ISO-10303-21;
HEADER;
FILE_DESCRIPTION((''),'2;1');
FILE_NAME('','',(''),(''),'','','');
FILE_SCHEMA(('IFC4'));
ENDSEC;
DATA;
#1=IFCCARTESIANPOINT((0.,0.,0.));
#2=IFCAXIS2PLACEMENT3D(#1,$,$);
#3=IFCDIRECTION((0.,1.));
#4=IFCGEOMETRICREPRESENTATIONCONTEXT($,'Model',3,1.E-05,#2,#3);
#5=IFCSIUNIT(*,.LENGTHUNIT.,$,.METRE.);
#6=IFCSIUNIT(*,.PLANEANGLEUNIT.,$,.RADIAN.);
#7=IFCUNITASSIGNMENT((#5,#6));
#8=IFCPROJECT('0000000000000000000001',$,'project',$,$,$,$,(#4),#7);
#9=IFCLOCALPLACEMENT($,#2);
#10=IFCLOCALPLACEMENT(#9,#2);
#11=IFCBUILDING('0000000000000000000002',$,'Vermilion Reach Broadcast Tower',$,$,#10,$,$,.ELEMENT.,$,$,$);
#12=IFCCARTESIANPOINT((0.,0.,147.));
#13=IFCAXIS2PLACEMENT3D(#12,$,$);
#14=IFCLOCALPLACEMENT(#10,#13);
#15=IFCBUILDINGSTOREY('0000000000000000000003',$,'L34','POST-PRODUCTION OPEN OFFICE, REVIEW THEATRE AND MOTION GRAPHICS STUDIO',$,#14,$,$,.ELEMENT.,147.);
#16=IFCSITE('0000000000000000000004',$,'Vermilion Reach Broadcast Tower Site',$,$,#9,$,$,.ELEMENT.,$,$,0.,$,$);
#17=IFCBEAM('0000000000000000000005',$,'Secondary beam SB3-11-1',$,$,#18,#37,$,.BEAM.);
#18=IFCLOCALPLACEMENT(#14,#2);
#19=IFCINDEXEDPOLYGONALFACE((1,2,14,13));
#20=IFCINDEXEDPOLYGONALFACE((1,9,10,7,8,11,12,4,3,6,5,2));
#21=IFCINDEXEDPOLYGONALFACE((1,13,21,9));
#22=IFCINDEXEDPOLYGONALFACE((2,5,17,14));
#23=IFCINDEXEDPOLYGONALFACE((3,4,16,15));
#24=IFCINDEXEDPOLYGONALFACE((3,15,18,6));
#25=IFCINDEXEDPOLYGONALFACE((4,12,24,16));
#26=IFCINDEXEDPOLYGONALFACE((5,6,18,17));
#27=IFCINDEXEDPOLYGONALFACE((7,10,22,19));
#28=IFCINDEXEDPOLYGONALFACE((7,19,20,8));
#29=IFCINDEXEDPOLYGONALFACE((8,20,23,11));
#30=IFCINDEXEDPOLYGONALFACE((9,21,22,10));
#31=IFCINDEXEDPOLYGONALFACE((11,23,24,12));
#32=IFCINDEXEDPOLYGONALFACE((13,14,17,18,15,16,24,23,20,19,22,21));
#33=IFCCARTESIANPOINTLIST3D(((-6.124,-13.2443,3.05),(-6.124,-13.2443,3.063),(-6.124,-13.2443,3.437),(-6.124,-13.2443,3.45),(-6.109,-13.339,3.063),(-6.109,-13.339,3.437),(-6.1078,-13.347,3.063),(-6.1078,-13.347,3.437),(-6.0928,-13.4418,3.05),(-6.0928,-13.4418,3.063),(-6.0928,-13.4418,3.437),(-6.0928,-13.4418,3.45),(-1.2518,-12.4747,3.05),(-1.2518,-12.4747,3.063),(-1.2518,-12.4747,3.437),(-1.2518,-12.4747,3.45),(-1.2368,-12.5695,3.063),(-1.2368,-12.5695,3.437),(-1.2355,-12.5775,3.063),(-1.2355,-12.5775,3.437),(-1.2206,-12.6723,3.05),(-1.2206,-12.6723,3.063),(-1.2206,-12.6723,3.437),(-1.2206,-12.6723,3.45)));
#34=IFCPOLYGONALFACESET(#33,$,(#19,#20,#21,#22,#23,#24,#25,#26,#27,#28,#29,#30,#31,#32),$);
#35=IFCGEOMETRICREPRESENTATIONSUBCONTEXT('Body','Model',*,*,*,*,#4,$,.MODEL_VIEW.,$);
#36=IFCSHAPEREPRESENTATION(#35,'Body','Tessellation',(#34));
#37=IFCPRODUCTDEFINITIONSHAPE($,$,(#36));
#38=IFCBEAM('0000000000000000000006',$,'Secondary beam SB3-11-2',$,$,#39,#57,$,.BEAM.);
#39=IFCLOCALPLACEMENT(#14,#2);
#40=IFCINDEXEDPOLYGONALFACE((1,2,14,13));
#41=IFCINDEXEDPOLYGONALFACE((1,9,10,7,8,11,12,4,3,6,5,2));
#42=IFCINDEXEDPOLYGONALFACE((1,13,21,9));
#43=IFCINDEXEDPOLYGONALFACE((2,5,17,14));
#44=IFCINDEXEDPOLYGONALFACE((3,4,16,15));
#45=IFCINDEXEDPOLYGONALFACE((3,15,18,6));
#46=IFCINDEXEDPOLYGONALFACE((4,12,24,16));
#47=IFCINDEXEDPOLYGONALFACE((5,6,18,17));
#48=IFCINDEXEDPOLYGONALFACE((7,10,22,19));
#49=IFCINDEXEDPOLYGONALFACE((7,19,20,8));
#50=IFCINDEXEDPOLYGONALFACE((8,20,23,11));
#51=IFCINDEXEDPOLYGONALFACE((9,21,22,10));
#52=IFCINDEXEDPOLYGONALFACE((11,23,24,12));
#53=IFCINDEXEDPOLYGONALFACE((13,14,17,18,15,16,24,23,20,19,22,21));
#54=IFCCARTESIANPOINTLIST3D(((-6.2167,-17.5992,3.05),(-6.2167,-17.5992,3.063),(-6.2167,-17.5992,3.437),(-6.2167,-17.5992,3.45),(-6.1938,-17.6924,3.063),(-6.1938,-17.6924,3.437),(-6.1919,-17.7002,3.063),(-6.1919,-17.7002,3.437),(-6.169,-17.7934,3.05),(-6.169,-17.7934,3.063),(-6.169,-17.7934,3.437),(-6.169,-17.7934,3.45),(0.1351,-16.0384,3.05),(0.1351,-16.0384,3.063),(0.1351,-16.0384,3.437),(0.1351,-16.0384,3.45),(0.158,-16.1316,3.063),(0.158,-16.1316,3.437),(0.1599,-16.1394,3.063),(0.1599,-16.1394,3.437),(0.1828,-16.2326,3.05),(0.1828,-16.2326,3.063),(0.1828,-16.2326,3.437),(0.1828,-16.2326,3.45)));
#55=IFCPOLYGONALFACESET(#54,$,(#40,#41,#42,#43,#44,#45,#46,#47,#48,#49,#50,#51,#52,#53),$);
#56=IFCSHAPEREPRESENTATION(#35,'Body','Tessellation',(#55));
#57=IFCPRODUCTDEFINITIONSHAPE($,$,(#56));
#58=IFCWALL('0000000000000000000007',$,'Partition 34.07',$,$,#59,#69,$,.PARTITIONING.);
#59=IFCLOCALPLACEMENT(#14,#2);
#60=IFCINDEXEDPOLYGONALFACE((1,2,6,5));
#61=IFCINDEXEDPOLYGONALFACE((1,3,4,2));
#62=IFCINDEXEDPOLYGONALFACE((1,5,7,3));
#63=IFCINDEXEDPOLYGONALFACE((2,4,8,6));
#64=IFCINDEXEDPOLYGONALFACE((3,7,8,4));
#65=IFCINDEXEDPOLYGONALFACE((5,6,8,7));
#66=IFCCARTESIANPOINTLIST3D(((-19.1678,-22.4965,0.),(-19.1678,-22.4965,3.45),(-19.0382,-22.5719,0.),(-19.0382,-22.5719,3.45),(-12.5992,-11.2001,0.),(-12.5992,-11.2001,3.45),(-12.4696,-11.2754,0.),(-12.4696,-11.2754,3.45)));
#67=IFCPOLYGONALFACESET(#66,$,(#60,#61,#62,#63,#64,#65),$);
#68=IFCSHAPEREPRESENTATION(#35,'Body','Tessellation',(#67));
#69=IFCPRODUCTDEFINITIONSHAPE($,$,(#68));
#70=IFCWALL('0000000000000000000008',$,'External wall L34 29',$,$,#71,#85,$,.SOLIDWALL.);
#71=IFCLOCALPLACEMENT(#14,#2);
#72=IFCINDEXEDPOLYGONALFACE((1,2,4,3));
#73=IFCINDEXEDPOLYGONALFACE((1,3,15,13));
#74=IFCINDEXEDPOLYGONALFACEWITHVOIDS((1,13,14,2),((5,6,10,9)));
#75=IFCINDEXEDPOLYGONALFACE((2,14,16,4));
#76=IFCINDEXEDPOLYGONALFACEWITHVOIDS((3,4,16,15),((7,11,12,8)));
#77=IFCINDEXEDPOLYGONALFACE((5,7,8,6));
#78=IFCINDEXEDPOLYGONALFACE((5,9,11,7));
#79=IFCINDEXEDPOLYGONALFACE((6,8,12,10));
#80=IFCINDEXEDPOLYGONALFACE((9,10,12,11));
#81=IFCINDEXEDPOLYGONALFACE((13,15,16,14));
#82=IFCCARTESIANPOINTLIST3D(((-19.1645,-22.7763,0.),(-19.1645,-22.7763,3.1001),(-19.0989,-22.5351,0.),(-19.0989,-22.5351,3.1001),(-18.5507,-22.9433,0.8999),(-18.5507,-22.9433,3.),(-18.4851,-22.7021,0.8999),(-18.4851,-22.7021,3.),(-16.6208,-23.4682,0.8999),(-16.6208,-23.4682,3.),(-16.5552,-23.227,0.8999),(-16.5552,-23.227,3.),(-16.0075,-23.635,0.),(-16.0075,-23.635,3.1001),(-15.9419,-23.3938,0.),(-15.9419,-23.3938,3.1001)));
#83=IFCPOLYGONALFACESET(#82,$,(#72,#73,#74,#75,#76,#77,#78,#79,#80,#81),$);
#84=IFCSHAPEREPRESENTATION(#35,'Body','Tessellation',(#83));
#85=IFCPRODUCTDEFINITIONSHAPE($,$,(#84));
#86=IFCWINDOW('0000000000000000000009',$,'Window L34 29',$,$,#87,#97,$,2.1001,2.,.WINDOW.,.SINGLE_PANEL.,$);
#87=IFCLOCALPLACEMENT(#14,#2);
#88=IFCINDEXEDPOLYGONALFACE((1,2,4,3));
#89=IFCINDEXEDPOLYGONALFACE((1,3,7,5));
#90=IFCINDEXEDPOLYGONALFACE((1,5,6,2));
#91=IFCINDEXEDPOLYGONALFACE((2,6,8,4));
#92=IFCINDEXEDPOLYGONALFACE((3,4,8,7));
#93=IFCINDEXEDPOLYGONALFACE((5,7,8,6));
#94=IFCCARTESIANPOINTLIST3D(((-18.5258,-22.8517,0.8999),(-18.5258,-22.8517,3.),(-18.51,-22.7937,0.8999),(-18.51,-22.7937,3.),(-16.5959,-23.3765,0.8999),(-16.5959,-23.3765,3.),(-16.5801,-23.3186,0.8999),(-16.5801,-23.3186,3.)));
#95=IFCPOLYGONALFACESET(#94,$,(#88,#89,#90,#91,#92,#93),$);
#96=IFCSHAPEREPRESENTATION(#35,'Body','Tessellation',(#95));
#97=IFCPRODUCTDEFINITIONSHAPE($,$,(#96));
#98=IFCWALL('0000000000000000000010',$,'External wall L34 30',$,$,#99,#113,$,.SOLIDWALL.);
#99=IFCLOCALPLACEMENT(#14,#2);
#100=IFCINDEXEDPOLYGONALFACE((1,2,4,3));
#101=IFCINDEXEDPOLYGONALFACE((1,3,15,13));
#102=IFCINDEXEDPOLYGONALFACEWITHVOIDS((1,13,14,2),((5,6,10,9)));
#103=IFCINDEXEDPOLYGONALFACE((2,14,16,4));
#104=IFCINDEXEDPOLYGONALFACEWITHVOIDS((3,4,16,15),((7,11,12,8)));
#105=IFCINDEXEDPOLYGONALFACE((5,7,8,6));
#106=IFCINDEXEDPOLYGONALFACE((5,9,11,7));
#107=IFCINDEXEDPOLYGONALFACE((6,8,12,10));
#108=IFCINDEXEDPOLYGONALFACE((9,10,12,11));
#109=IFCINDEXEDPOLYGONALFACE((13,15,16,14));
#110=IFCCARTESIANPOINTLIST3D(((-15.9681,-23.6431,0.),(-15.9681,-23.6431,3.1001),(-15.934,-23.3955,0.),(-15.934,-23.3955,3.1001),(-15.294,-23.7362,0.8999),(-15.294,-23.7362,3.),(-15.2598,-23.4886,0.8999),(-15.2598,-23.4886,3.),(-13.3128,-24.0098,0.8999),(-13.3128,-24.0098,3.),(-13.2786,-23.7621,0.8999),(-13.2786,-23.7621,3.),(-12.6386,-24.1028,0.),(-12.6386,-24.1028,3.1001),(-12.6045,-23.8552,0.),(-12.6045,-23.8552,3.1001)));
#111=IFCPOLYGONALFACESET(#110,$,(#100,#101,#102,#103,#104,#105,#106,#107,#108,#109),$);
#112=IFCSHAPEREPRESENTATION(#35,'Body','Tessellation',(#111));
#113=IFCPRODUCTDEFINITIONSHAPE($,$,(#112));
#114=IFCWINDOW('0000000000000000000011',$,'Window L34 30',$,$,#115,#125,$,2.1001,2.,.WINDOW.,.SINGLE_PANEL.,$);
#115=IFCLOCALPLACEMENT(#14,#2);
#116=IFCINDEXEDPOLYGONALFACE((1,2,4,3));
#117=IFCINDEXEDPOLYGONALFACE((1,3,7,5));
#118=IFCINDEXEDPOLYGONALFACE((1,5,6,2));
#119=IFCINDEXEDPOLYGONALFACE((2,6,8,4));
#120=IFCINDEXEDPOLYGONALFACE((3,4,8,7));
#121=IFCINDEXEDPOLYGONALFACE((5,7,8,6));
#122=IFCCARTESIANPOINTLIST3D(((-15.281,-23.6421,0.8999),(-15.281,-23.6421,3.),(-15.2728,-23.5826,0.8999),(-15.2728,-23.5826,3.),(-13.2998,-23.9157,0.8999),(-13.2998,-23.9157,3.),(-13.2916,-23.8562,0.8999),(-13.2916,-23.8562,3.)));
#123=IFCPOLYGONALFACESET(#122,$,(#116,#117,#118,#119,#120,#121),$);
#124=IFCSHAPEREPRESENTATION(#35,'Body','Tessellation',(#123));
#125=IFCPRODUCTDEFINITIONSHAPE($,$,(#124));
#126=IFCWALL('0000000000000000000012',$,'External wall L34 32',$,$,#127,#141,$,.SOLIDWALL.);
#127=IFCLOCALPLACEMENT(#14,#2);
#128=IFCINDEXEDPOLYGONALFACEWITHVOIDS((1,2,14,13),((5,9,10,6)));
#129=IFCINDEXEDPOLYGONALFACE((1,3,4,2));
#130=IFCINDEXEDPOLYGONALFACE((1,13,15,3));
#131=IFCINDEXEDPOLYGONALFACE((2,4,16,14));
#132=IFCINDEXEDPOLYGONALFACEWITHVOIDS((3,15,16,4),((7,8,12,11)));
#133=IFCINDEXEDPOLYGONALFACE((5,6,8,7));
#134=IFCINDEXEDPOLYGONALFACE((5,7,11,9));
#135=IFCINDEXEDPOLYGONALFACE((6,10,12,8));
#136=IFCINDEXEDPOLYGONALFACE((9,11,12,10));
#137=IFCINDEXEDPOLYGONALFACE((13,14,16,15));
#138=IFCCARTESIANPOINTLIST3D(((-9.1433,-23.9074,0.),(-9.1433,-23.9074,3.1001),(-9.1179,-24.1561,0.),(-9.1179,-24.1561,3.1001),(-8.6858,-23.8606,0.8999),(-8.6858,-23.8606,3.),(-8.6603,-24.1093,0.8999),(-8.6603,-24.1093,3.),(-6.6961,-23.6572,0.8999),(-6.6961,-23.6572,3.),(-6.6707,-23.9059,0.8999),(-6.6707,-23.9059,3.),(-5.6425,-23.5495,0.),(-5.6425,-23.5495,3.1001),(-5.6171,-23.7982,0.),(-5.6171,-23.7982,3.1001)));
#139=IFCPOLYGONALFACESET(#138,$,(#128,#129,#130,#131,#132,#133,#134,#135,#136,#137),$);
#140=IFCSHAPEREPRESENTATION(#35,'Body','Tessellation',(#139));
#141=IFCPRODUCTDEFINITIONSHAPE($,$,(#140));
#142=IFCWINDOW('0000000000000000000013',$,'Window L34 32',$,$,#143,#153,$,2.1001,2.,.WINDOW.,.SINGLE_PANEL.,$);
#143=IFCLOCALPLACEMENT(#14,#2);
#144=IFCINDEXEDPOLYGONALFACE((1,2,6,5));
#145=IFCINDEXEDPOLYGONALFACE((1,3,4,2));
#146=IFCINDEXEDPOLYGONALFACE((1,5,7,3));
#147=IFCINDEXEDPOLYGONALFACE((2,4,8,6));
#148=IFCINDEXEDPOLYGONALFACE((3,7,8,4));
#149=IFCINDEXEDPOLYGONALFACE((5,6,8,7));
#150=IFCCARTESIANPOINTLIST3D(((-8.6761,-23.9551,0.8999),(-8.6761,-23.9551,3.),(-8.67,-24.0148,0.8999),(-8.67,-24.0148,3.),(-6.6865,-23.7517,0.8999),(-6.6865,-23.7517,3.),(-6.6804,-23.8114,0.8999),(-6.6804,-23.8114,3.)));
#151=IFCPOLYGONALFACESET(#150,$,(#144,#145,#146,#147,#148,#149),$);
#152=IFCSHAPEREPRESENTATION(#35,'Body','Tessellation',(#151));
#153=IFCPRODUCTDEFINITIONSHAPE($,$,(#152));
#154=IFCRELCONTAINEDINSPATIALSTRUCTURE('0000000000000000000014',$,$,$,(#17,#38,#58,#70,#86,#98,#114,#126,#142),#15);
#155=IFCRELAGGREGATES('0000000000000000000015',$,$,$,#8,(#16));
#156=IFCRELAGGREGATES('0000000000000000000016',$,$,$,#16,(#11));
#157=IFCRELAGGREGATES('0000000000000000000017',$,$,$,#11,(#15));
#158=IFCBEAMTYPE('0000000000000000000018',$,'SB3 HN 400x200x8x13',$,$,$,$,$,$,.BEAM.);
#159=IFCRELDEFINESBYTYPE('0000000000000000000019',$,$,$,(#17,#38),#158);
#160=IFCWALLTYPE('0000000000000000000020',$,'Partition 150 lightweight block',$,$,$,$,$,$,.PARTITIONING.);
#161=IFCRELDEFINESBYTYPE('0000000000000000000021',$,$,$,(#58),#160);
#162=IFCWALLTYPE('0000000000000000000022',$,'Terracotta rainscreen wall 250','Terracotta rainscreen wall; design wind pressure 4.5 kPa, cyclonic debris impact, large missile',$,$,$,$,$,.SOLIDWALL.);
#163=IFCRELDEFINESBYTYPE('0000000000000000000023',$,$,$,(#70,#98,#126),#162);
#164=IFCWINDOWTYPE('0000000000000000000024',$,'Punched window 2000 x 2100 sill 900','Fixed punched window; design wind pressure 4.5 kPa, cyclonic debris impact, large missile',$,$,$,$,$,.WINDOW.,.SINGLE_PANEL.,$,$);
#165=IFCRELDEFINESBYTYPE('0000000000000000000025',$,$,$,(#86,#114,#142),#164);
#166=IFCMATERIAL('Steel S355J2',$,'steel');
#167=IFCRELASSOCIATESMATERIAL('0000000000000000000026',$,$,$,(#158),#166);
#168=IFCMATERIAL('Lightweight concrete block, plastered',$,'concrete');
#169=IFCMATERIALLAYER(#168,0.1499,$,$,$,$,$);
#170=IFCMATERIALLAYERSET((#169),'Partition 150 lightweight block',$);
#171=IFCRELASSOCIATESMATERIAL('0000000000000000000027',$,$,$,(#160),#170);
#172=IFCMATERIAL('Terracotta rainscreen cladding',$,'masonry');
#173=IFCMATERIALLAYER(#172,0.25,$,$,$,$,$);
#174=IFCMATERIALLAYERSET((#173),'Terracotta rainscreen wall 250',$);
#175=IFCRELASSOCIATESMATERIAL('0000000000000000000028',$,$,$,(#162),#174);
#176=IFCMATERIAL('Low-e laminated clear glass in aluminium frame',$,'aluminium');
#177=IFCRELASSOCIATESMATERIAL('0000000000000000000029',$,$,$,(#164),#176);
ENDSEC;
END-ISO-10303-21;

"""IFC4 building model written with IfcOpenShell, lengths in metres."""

from ifc_helpers import new_model, si_unit, direction, frame, frame_2d, origin, origin_2d, place, context, subcontext, project, spatial, rectangle, i_section, extrude, material, layer, layer_set, material_profile, profile_set, type_object, element, fill, save


model = new_model("IFC4")

# Units and contexts
model_context = context("Model", 3, precision=1e-05, world=origin(), true_north=direction((0.0, 1.0)))
body_context = subcontext(model_context, "Body", "Model", "MODEL_VIEW")
ifc_project = project(units=[si_unit("LENGTHUNIT", "METRE"), si_unit("PLANEANGLEUNIT", "RADIAN")], contexts=[model_context])

# Site, building, storey
site_placement = place(None, origin())
site = spatial("IfcSite", under=ifc_project, at=site_placement, Name="Vermilion Reach Broadcast Tower Site", CompositionType="ELEMENT", RefElevation=0.0)
building_placement = place(site_placement, origin())
building = spatial("IfcBuilding", under=site, at=building_placement, Name="Vermilion Reach Broadcast Tower", CompositionType="ELEMENT")
storey_placement = place(building_placement, frame((0.0, 0.0, 147.0)))
storey = spatial("IfcBuildingStorey", under=building, at=storey_placement, Name="L34", Description="POST-PRODUCTION OPEN OFFICE, REVIEW THEATRE AND MOTION GRAPHICS STUDIO", CompositionType="ELEMENT", Elevation=147.0)

# Beams
ifc_material_1 = material(Name="Steel S355J2", Category="steel")
ifc_material_profile_1 = material_profile(ifc_material_1, i_section(OverallWidth=0.2, OverallDepth=0.3999, WebThickness=0.0081, FlangeThickness=0.0129, at=origin_2d()), Name="S355J2 HN 400x200x8x13")
ifc_profile_set_1 = profile_set([ifc_material_profile_1], Name="Steel S355J2")
beam_type_1 = type_object("IfcBeamType", Name="SB3 HN 400x200x8x13", PredefinedType="BEAM", material=ifc_profile_set_1)
beam_1_placement = place(storey_placement, frame((-6.1084, -13.343, 3.25), z_axis=(0.987756, 0.156006, 0.0), x_axis=(-0.156006, 0.987756, 0.0)))
element("IfcBeam", 1, at=beam_1_placement, inside=storey, type_object=beam_type_1, Name="Secondary beam SB3-11-1", PredefinedType="BEAM", context=body_context, shape_type="SweptSolid", body=[
    extrude(i_section(OverallWidth=0.2, OverallDepth=0.3999, WebThickness=0.0081, FlangeThickness=0.0129, at=origin_2d()), origin(), (0.0, 0.0, 1.0), 4.9326),
])
beam_2_placement = place(storey_placement, frame((-6.1929, -17.6963, 3.25), z_axis=(0.971112, 0.238625, 0.0), x_axis=(-0.238625, 0.971112, 0.0)))
element("IfcBeam", 2, at=beam_2_placement, inside=storey, type_object=beam_type_1, Name="Secondary beam SB3-11-2", PredefinedType="BEAM", context=body_context, shape_type="SweptSolid", body=[
    extrude(i_section(OverallWidth=0.2, OverallDepth=0.3999, WebThickness=0.0081, FlangeThickness=0.0129, at=origin_2d()), origin(), (0.0, 0.0, 1.0), 6.5408),
])

# Wall
ifc_material_2 = material(Name="Lightweight concrete block, plastered", Category="concrete")
ifc_layer_1 = layer(ifc_material_2, 0.1499)
ifc_layer_set_1 = layer_set([ifc_layer_1], Name="Partition 150 lightweight block")
wall_type_1 = type_object("IfcWallType", Name="Partition 150 lightweight block", PredefinedType="PARTITIONING", material=ifc_layer_set_1)
wall_1_placement = place(storey_placement, frame((-19.103, -22.5342, 0.0), z_axis=(0.0, 0.0, 1.0), x_axis=(0.502674, 0.864476, 0.0)))
element("IfcWall", 3, at=wall_1_placement, inside=storey, type_object=wall_type_1, Name="Partition 34.07", PredefinedType="PARTITIONING", context=body_context, shape_type="SweptSolid", body=[
    extrude(rectangle(XDim=13.0674, YDim=0.1499, at=frame_2d((6.5337, 0.0))), origin(), (0.0, 0.0, 1.0), 3.45),
])

# Walls, openings, windows
ifc_material_3 = material(Name="Terracotta rainscreen cladding", Category="masonry")
ifc_layer_2 = layer(ifc_material_3, 0.25)
ifc_layer_set_2 = layer_set([ifc_layer_2], Name="Terracotta rainscreen wall 250")
wall_type_2 = type_object("IfcWallType", Name="Terracotta rainscreen wall 250", Description="Terracotta rainscreen wall; design wind pressure 4.5 kPa, cyclonic debris impact, large missile", PredefinedType="SOLIDWALL", material=ifc_layer_set_2)
wall_2_placement = place(storey_placement, frame((-19.1316, -22.6558, 0.0), z_axis=(0.0, 0.0, 1.0), x_axis=(0.964946, -0.262448, 0.0)))
wall_2 = element("IfcWall", 4, at=wall_2_placement, inside=storey, type_object=wall_type_2, Name="External wall L34 29", PredefinedType="SOLIDWALL", context=body_context, shape_type="SweptSolid", body=[
    extrude(rectangle(XDim=3.2717, YDim=0.25, at=frame_2d((1.6357, 0.0))), origin(), (0.0, 0.0, 1.0), 3.1001),
])
opening_1_placement = place(wall_2_placement, frame((0.636, 0.0, 0.8999)))
opening_1 = element("IfcOpeningElement", 5, at=opening_1_placement, cuts=wall_2, PredefinedType="OPENING", context=body_context, shape_type="SweptSolid", body=[
    extrude(rectangle(XDim=2.0, YDim=2.1001, at=frame_2d((1.0, 1.05))), frame((0.0, 0.135, 0.0), z_axis=(0.0, -1.0, 0.0), x_axis=(1.0, 0.0, 0.0)), (0.0, 0.0, 1.0), 0.27),
])
ifc_material_4 = material(Name="Low-e laminated clear glass in aluminium frame", Category="aluminium")
window_type = type_object("IfcWindowType", Name="Punched window 2000 x 2100 sill 900", Description="Fixed punched window; design wind pressure 4.5 kPa, cyclonic debris impact, large missile", PartitioningType="SINGLE_PANEL", PredefinedType="WINDOW", material=ifc_material_4)
window_1_placement = place(opening_1_placement, origin())
window_1 = element("IfcWindow", 6, at=window_1_placement, inside=storey, type_object=window_type, Name="Window L34 29", OverallHeight=2.1001, OverallWidth=2.0, PartitioningType="SINGLE_PANEL", PredefinedType="WINDOW", context=body_context, shape_type="SweptSolid", body=[
    extrude(rectangle(XDim=2.0, YDim=2.1001, at=frame_2d((1.0, 1.05))), frame((0.0, 0.03, 0.0), z_axis=(0.0, -1.0, 0.0), x_axis=(1.0, 0.0, 0.0)), (0.0, 0.0, 1.0), 0.0601),
])
fill(opening_1, window_1)
wall_3_placement = place(storey_placement, frame((-15.9512, -23.5193, 0.0), z_axis=(0.0, 0.0, 1.0), x_axis=(0.990602, -0.136773, 0.0)))
wall_3 = element("IfcWall", 7, at=wall_3_placement, inside=storey, type_object=wall_type_2, Name="External wall L34 30", PredefinedType="SOLIDWALL", context=body_context, shape_type="SweptSolid", body=[
    extrude(rectangle(XDim=3.3611, YDim=0.25, at=frame_2d((1.6807, 0.0))), origin(), (0.0, 0.0, 1.0), 3.1001),
])
opening_2_placement = place(wall_3_placement, frame((0.6807, 0.0, 0.8999)))
opening_2 = element("IfcOpeningElement", 8, at=opening_2_placement, cuts=wall_3, PredefinedType="OPENING", context=body_context, shape_type="SweptSolid", body=[
    extrude(rectangle(XDim=2.0, YDim=2.1001, at=frame_2d((1.0, 1.05))), frame((0.0, 0.135, 0.0), z_axis=(0.0, -1.0, 0.0), x_axis=(1.0, 0.0, 0.0)), (0.0, 0.0, 1.0), 0.27),
])
window_2_placement = place(opening_2_placement, origin())
window_2 = element("IfcWindow", 9, at=window_2_placement, inside=storey, type_object=window_type, Name="Window L34 30", OverallHeight=2.1001, OverallWidth=2.0, PartitioningType="SINGLE_PANEL", PredefinedType="WINDOW", context=body_context, shape_type="SweptSolid", body=[
    extrude(rectangle(XDim=2.0, YDim=2.1001, at=frame_2d((1.0, 1.05))), frame((0.0, 0.03, 0.0), z_axis=(0.0, -1.0, 0.0), x_axis=(1.0, 0.0, 0.0)), (0.0, 0.0, 1.0), 0.0601),
])
fill(opening_2, window_2)

# Wall, opening, window
wall_4_placement = place(storey_placement, frame((-9.1306, -24.0317, 0.0), z_axis=(0.0, 0.0, 1.0), x_axis=(0.994814, 0.101708, 0.0)))
wall_4 = element("IfcWall", 10, at=wall_4_placement, inside=storey, type_object=wall_type_2, Name="External wall L34 32", PredefinedType="SOLIDWALL", context=body_context, shape_type="SweptSolid", body=[
    extrude(rectangle(XDim=3.519, YDim=0.25, at=frame_2d((1.7595, 0.0))), origin(), (0.0, 0.0, 1.0), 3.1001),
])
opening_3_placement = place(wall_4_placement, frame((0.46, 0.0, 0.8999)))
opening_3 = element("IfcOpeningElement", 11, at=opening_3_placement, cuts=wall_4, PredefinedType="OPENING", context=body_context, shape_type="SweptSolid", body=[
    extrude(rectangle(XDim=2.0, YDim=2.1001, at=frame_2d((1.0, 1.05))), frame((0.0, 0.135, 0.0), z_axis=(0.0, -1.0, 0.0), x_axis=(1.0, 0.0, 0.0)), (0.0, 0.0, 1.0), 0.27),
])
window_3_placement = place(opening_3_placement, origin())
window_3 = element("IfcWindow", 12, at=window_3_placement, inside=storey, type_object=window_type, Name="Window L34 32", OverallHeight=2.1001, OverallWidth=2.0, PartitioningType="SINGLE_PANEL", PredefinedType="WINDOW", context=body_context, shape_type="SweptSolid", body=[
    extrude(rectangle(XDim=2.0, YDim=2.1001, at=frame_2d((1.0, 1.05))), frame((0.0, 0.03, 0.0), z_axis=(0.0, -1.0, 0.0), x_axis=(1.0, 0.0, 0.0)), (0.0, 0.0, 1.0), 0.0601),
])
fill(opening_3, window_3)

save(model, "model.ifc")
